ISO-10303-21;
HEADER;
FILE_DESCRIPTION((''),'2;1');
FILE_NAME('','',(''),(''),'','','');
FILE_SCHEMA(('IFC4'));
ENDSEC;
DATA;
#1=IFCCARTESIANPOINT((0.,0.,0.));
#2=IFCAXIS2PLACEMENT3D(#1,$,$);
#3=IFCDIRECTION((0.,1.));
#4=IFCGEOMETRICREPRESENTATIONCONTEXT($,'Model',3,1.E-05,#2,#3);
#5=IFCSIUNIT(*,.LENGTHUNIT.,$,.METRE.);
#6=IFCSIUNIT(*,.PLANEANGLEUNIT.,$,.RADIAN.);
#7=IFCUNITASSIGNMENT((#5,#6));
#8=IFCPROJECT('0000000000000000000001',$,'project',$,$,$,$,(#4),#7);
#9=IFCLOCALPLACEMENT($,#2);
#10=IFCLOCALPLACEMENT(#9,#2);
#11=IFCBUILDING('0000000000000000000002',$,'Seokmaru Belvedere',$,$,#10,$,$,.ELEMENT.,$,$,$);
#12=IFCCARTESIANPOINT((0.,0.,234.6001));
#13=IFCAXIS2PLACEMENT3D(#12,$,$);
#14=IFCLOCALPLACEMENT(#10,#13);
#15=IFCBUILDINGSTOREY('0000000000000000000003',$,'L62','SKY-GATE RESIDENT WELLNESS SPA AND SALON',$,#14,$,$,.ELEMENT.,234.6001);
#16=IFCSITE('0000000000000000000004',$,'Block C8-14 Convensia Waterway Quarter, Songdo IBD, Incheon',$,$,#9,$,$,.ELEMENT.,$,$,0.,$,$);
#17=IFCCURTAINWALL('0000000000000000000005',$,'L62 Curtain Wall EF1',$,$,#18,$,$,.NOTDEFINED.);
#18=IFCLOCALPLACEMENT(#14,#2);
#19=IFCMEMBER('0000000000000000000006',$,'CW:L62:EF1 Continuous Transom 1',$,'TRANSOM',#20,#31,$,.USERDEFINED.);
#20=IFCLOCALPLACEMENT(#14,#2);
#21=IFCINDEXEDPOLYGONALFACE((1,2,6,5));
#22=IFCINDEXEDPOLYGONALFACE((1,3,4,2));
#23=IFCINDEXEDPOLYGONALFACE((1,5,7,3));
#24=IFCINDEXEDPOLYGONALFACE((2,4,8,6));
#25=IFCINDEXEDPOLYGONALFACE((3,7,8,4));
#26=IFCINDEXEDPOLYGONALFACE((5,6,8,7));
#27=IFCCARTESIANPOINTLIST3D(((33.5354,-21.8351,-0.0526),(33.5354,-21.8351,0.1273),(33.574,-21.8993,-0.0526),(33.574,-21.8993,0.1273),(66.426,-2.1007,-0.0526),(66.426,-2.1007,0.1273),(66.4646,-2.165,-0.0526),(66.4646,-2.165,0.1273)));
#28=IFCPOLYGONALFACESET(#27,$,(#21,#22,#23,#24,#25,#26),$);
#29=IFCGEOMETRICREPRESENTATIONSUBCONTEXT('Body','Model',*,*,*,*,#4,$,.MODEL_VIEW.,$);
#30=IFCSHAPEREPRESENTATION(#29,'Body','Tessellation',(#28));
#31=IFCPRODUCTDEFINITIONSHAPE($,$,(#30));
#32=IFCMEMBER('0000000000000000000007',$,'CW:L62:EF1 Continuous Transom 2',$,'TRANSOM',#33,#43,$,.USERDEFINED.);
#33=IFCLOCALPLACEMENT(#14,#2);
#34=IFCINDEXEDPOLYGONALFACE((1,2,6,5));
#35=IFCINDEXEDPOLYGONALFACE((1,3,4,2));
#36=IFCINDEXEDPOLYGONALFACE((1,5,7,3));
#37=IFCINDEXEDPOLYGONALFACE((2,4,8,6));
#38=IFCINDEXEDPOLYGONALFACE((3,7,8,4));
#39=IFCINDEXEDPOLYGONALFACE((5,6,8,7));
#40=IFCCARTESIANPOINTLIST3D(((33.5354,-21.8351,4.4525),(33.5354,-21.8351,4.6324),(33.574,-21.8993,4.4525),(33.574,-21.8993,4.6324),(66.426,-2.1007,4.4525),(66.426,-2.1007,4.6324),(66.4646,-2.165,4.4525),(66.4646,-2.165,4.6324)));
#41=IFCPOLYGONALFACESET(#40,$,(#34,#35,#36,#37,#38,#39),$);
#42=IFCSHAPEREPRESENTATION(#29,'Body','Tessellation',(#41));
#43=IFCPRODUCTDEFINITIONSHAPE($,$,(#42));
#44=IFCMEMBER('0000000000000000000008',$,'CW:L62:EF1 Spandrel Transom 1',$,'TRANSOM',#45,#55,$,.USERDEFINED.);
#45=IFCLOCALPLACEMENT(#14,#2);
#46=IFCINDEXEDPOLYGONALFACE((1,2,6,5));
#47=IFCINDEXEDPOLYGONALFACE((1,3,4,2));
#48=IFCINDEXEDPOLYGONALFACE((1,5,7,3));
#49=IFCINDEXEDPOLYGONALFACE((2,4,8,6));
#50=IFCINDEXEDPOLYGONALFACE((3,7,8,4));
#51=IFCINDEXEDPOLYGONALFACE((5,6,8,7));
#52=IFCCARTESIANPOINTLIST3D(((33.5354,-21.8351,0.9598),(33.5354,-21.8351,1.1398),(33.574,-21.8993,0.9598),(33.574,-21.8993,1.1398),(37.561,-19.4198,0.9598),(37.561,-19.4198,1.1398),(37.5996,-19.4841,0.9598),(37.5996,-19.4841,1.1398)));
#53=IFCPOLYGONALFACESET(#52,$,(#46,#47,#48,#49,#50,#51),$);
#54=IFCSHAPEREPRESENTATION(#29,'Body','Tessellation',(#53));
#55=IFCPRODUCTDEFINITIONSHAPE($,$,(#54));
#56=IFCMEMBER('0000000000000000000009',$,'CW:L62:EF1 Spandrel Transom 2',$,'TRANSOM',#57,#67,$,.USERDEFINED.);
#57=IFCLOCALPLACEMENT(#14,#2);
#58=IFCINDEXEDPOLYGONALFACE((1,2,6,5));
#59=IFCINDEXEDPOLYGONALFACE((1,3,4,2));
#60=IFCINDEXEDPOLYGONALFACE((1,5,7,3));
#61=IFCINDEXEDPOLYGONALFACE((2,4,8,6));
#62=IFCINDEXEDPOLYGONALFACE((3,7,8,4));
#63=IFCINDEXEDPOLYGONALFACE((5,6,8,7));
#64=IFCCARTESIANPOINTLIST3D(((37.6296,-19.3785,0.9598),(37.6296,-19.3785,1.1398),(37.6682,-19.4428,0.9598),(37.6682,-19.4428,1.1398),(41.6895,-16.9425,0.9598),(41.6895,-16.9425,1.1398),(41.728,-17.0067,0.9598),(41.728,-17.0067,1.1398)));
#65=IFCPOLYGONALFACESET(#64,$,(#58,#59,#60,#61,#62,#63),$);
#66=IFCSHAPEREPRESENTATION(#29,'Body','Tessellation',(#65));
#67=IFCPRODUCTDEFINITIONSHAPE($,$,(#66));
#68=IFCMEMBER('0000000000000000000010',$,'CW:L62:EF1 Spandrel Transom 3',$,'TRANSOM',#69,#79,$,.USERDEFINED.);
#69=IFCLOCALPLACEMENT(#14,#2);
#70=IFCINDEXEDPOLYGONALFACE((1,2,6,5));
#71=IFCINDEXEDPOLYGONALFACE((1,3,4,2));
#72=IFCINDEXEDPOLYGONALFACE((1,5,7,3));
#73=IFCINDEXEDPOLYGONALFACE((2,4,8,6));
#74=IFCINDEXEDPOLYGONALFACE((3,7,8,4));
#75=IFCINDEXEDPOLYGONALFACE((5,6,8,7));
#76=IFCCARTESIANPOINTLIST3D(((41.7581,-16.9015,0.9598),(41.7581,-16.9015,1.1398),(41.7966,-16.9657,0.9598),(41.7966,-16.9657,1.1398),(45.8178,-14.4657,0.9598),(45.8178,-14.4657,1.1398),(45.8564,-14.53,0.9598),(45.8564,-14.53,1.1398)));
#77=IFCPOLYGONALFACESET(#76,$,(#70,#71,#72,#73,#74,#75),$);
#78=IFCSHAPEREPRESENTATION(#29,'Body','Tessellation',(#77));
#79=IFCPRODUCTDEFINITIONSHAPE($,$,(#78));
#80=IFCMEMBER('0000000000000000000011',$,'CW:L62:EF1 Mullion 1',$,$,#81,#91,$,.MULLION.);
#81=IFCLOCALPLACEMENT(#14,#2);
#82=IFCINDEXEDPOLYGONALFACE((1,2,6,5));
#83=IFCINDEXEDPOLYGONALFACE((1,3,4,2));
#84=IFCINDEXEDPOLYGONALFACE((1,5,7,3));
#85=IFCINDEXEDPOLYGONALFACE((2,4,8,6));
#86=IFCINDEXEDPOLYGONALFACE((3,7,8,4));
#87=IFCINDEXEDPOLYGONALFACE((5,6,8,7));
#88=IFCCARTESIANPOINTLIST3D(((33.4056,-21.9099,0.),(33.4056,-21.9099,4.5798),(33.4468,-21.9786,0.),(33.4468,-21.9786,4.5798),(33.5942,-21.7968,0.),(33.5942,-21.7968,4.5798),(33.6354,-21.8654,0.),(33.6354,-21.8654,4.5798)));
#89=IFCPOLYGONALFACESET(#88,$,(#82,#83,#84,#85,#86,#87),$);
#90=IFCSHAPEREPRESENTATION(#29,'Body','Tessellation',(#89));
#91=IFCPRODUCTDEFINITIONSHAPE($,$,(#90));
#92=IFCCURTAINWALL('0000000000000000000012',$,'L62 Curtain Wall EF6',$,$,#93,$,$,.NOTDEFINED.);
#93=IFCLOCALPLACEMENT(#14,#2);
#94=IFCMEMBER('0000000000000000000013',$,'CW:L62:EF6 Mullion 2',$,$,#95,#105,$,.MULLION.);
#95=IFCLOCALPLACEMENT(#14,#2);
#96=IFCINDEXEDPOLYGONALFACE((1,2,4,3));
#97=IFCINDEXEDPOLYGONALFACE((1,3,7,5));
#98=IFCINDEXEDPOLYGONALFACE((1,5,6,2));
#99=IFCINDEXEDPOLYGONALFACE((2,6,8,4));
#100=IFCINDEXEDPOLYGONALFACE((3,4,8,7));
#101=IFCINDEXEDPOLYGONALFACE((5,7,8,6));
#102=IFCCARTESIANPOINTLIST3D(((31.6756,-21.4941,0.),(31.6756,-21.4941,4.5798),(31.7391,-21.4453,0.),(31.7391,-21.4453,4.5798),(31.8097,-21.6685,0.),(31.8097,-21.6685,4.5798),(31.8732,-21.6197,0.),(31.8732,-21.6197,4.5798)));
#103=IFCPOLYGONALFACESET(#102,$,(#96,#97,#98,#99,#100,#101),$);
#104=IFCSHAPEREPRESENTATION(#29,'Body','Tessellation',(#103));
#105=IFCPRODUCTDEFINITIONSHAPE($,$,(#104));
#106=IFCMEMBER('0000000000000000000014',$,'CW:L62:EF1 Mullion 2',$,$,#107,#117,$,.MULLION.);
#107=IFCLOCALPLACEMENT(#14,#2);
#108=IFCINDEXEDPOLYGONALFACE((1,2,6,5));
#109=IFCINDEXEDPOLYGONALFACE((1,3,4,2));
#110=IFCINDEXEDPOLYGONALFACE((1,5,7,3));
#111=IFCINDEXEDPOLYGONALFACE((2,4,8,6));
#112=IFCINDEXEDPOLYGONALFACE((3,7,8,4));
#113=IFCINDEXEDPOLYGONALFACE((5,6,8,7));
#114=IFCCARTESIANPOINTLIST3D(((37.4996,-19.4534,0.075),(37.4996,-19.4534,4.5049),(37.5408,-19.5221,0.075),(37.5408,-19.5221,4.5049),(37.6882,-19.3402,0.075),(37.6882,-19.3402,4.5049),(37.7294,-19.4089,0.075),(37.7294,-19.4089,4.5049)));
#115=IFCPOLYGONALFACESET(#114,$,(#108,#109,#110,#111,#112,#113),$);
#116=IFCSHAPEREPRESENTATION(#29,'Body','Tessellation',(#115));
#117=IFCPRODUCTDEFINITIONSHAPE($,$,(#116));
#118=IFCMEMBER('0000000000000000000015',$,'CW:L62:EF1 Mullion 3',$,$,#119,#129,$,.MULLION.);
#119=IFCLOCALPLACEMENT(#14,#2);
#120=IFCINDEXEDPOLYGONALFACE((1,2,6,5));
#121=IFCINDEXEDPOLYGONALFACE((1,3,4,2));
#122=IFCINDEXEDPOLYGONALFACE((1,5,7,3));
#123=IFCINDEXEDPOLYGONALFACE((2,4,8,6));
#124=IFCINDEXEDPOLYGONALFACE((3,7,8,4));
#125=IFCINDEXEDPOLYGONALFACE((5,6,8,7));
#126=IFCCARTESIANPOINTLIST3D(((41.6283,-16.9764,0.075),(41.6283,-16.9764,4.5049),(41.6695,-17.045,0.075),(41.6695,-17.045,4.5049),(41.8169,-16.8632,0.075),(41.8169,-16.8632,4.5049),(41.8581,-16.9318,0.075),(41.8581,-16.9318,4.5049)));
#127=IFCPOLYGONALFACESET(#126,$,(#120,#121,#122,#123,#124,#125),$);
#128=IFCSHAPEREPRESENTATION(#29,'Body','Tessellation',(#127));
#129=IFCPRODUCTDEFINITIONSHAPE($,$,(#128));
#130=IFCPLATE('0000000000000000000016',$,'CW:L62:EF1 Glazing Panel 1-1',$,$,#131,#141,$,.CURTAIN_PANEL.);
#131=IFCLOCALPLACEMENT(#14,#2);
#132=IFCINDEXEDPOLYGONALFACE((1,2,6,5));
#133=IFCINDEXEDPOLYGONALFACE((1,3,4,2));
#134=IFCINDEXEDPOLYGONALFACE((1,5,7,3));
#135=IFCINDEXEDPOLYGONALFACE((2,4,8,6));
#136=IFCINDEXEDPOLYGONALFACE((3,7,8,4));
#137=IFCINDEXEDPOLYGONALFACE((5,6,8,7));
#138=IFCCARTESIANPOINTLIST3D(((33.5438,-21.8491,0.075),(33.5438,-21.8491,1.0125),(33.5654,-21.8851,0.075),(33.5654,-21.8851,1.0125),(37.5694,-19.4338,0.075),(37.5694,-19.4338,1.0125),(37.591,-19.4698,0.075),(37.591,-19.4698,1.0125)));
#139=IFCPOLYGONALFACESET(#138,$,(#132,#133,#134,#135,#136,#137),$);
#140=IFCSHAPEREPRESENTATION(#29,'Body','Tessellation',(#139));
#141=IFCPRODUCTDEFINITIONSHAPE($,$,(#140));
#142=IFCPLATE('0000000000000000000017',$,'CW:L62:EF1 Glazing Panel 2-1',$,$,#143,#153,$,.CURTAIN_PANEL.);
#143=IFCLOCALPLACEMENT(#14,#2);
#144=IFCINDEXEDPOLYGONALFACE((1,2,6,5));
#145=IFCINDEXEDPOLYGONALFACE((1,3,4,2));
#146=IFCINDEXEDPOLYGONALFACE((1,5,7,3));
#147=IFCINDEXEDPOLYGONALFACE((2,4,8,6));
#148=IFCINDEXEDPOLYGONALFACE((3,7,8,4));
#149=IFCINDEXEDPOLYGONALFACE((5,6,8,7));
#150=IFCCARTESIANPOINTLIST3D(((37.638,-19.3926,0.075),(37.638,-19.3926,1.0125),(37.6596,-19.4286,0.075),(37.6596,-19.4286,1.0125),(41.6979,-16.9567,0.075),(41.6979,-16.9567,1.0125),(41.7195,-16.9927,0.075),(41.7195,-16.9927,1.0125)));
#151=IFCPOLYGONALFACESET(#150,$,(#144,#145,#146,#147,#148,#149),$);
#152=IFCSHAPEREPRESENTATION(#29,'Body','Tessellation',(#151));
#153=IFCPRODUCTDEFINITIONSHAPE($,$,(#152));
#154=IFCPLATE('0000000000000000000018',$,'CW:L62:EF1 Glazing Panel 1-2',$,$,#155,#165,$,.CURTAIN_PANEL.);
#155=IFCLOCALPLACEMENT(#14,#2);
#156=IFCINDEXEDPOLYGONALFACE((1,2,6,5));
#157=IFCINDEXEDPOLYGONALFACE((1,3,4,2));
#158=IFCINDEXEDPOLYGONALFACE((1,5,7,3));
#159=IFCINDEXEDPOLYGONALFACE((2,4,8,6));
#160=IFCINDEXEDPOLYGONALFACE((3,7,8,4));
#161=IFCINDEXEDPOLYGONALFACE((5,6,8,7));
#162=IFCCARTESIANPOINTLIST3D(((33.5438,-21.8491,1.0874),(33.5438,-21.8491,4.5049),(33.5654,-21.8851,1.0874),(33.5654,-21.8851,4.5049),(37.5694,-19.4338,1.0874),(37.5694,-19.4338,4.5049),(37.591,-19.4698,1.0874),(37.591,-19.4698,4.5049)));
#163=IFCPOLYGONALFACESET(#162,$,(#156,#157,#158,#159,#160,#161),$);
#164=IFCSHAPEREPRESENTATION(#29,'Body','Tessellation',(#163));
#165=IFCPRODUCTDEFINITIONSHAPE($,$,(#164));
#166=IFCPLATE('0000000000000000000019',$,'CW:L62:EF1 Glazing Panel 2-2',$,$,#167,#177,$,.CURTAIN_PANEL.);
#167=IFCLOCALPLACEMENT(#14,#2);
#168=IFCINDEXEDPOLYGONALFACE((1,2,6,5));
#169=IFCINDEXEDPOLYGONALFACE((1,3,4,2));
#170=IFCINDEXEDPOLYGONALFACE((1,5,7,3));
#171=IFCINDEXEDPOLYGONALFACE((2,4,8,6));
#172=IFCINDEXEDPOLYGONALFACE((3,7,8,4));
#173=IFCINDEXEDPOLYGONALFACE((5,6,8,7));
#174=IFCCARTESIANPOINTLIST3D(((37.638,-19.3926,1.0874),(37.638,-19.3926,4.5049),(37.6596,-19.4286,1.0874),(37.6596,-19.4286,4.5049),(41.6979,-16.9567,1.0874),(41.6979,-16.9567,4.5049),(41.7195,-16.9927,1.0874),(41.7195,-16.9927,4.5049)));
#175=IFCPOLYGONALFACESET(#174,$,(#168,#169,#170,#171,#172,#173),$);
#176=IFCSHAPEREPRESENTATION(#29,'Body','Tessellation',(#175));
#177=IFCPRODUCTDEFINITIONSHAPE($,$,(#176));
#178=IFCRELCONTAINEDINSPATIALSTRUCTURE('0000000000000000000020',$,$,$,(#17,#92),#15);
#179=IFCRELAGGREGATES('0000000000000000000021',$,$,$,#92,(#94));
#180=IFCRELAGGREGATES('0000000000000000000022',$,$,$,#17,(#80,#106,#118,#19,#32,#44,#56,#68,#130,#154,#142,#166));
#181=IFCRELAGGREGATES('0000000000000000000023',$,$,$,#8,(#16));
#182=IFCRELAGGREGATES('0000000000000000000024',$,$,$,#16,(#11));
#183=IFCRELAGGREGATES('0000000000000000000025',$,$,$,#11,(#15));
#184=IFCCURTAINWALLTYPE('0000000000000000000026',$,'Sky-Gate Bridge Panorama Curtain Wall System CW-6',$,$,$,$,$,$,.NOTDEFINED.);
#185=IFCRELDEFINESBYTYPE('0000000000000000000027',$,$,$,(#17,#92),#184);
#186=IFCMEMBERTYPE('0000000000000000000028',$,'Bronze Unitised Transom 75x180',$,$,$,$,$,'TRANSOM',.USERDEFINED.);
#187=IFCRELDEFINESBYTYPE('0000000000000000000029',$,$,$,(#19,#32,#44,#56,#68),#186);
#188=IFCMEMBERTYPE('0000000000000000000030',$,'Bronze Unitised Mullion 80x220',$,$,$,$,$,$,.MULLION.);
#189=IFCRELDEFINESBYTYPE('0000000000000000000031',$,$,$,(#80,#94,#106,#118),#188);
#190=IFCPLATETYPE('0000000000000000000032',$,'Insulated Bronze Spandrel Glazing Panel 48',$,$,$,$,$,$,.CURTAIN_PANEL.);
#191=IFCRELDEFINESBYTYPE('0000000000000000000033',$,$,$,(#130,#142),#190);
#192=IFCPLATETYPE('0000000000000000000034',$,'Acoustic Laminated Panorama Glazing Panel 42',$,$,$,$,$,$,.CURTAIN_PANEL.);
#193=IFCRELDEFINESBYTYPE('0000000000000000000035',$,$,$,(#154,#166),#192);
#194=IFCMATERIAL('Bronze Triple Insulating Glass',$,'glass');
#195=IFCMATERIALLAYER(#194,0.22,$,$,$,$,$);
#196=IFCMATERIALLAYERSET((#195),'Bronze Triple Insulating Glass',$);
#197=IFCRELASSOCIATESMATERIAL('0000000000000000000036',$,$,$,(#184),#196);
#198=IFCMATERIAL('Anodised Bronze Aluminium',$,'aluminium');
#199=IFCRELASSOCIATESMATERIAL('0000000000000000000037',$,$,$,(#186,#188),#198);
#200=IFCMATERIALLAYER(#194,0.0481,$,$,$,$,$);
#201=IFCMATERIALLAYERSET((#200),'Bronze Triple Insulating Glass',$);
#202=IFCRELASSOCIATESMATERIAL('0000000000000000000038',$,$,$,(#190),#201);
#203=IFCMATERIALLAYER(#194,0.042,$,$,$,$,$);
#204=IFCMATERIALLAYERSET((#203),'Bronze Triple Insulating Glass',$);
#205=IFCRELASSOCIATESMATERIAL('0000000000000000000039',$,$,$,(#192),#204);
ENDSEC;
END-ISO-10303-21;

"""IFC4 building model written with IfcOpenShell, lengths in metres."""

from ifc_helpers import new_model, si_unit, direction, frame, origin, origin_2d, place, context, subcontext, project, spatial, rectangle, extrude, source, transform, mapped, material, layer, layer_set, material_profile, profile_set, type_object, type_shapes, element, aggregate, save


model = new_model("IFC4")

# Units and contexts
model_context = context("Model", 3, precision=1e-05, world=origin(), true_north=direction((0.0, 1.0)))
body_context = subcontext(model_context, "Body", "Model", "MODEL_VIEW")
ifc_project = project(units=[si_unit("LENGTHUNIT", "METRE"), si_unit("PLANEANGLEUNIT", "RADIAN")], contexts=[model_context])

# Site, building, storey
site_placement = place(None, origin())
site = spatial("IfcSite", under=ifc_project, at=site_placement, Name="Block C8-14 Convensia Waterway Quarter, Songdo IBD, Incheon", CompositionType="ELEMENT", RefElevation=0.0)
building_placement = place(site_placement, origin())
building = spatial("IfcBuilding", under=site, at=building_placement, Name="Seokmaru Belvedere", CompositionType="ELEMENT")
storey_placement = place(building_placement, frame((0.0, 0.0, 234.6001)))
storey = spatial("IfcBuildingStorey", under=building, at=storey_placement, Name="L62", Description="SKY-GATE RESIDENT WELLNESS SPA AND SALON", CompositionType="ELEMENT", Elevation=234.6001)

# Curtain wall, members
ifc_material_1 = material(Name="Bronze Triple Insulating Glass", Category="glass")
ifc_layer_1 = layer(ifc_material_1, 0.22)
ifc_layer_set_1 = layer_set([ifc_layer_1], Name="Bronze Triple Insulating Glass")
curtain_wall_type = type_object("IfcCurtainWallType", Name="Sky-Gate Bridge Panorama Curtain Wall System CW-6", PredefinedType="NOTDEFINED", material=ifc_layer_set_1)
curtain_wall_1_placement = place(storey_placement, origin())
curtain_wall_1 = element("IfcCurtainWall", 1, at=curtain_wall_1_placement, inside=storey, type_object=curtain_wall_type, Name="L62 Curtain Wall EF1", PredefinedType="NOTDEFINED")
ifc_material_2 = material(Name="Anodised Bronze Aluminium", Category="aluminium")
ifc_material_profile_1 = material_profile(ifc_material_2, rectangle(XDim=0.075, YDim=0.1799, at=origin_2d()), Name="CW-T-75x180")
ifc_profile_set_1 = profile_set([ifc_material_profile_1], Name="Anodised Bronze Aluminium")
member_type_1 = type_object("IfcMemberType", Name="Bronze Unitised Transom 75x180", ElementType="TRANSOM", PredefinedType="USERDEFINED", material=ifc_profile_set_1)
shared_shape_1 = source(origin(), body_context, "Body", "SweptSolid", [
    extrude(rectangle(XDim=0.075, YDim=0.1799, at=origin_2d()), origin(), (0.0, 0.0, 1.0), 38.3567),
])
member_1_placement = place(storey_placement, frame((33.5547, -21.8672, 0.0374), z_axis=(0.857493, 0.514496, 0.0), x_axis=(-0.514496, 0.857493, 0.0)))
member_1 = element("IfcMember", 2, at=member_1_placement, type_object=member_type_1, Name="CW:L62:EF1 Continuous Transom 1", ObjectType="TRANSOM", PredefinedType="USERDEFINED", context=body_context, shape_type="MappedRepresentation", body=[
    mapped(shared_shape_1, transform((0.0, 0.0, 0.0), scale=1.0)),
])
member_2_placement = place(storey_placement, frame((33.5547, -21.8672, 4.5425), z_axis=(0.857493, 0.514496, 0.0), x_axis=(-0.514496, 0.857493, 0.0)))
member_2 = element("IfcMember", 3, at=member_2_placement, type_object=member_type_1, Name="CW:L62:EF1 Continuous Transom 2", ObjectType="TRANSOM", PredefinedType="USERDEFINED", context=body_context, shape_type="MappedRepresentation", body=[
    mapped(shared_shape_1, transform((0.0, 0.0, 0.0), scale=1.0)),
])
shared_shape_2 = source(origin(), body_context, "Body", "SweptSolid", [
    extrude(rectangle(XDim=0.075, YDim=0.1799, at=origin_2d()), origin(), (0.0, 0.0, 1.0), 4.6946),
])
member_3_placement = place(storey_placement, frame((33.5547, -21.8672, 1.0498), z_axis=(0.857502, 0.51448, 0.0), x_axis=(-0.51448, 0.857502, 0.0)))
member_3 = element("IfcMember", 4, at=member_3_placement, type_object=member_type_1, Name="CW:L62:EF1 Spandrel Transom 1", ObjectType="TRANSOM", PredefinedType="USERDEFINED", context=body_context, shape_type="MappedRepresentation", body=[
    mapped(shared_shape_2, transform((0.0, 0.0, 0.0), scale=1.0)),
])
shared_shape_3 = source(origin(), body_context, "Body", "SweptSolid", [
    extrude(rectangle(XDim=0.075, YDim=0.1799, at=origin_2d()), origin(), (0.0, 0.0, 1.0), 4.7346),
])
member_4_placement = place(storey_placement, frame((37.6489, -19.4106, 1.0498), z_axis=(0.857479, 0.514519, 0.0), x_axis=(-0.514519, 0.857479, 0.0)))
member_4 = element("IfcMember", 5, at=member_4_placement, type_object=member_type_1, Name="CW:L62:EF1 Spandrel Transom 2", ObjectType="TRANSOM", PredefinedType="USERDEFINED", context=body_context, shape_type="MappedRepresentation", body=[
    mapped(shared_shape_3, transform((0.0, 0.0, 0.0), scale=1.0)),
])
shared_shape_4 = source(origin(), body_context, "Body", "SweptSolid", [
    extrude(rectangle(XDim=0.075, YDim=0.1799, at=origin_2d()), origin(), (0.0, 0.0, 1.0), 4.7344),
])
type_shapes(member_type_1, [shared_shape_1, shared_shape_2, shared_shape_3, shared_shape_4])
member_5_placement = place(storey_placement, frame((41.7773, -16.9336, 1.0498), z_axis=(0.857502, 0.514481, 0.0), x_axis=(-0.514481, 0.857502, 0.0)))
member_5 = element("IfcMember", 6, at=member_5_placement, type_object=member_type_1, Name="CW:L62:EF1 Spandrel Transom 3", ObjectType="TRANSOM", PredefinedType="USERDEFINED", context=body_context, shape_type="MappedRepresentation", body=[
    mapped(shared_shape_4, transform((0.0, 0.0, 0.0), scale=1.0)),
])
ifc_material_profile_2 = material_profile(ifc_material_2, rectangle(XDim=0.0801, YDim=0.22, at=origin_2d()), Name="CW-M-80x220")
ifc_profile_set_2 = profile_set([ifc_material_profile_2], Name="Anodised Bronze Aluminium")
member_type_2 = type_object("IfcMemberType", Name="Bronze Unitised Mullion 80x220", PredefinedType="MULLION", material=ifc_profile_set_2)
shared_shape_5 = source(origin(), body_context, "Body", "SweptSolid", [
    extrude(rectangle(XDim=0.0801, YDim=0.22, at=origin_2d()), origin(), (0.0, 0.0, 1.0), 4.5798),
])
member_6_placement = place(storey_placement, frame((33.5205, -21.8877, 0.0), z_axis=(0.0, 0.0, 1.0), x_axis=(-0.514495, 0.857493, 0.0)))
member_6 = element("IfcMember", 7, at=member_6_placement, type_object=member_type_2, Name="CW:L62:EF1 Mullion 1", PredefinedType="MULLION", context=body_context, shape_type="MappedRepresentation", body=[
    mapped(shared_shape_5, transform((0.0, 0.0, 0.0), scale=1.0)),
])

# Curtain wall, member
curtain_wall_2_placement = place(storey_placement, origin())
curtain_wall_2 = element("IfcCurtainWall", 8, at=curtain_wall_2_placement, inside=storey, type_object=curtain_wall_type, Name="L62 Curtain Wall EF6", PredefinedType="NOTDEFINED")
member_7_placement = place(storey_placement, frame((31.7744, -21.5569, 0.0), z_axis=(0.0, 0.0, 1.0), x_axis=(0.792631, 0.609701, 0.0)))
member_7 = element("IfcMember", 9, at=member_7_placement, type_object=member_type_2, Name="CW:L62:EF6 Mullion 2", PredefinedType="MULLION", context=body_context, shape_type="MappedRepresentation", body=[
    mapped(shared_shape_5, transform((0.0, 0.0, 0.0), scale=1.0)),
])
aggregate(curtain_wall_2, [member_7])

# Members
shared_shape_6 = source(origin(), body_context, "Body", "SweptSolid", [
    extrude(rectangle(XDim=0.0801, YDim=0.22, at=origin_2d()), origin(), (0.0, 0.0, 1.0), 4.4299),
])
type_shapes(member_type_2, [shared_shape_5, shared_shape_6])
member_8_placement = place(storey_placement, frame((37.6145, -19.4312, 0.075), z_axis=(0.0, 0.0, 1.0), x_axis=(-0.514495, 0.857493, 0.0)))
member_8 = element("IfcMember", 10, at=member_8_placement, type_object=member_type_2, Name="CW:L62:EF1 Mullion 2", PredefinedType="MULLION", context=body_context, shape_type="MappedRepresentation", body=[
    mapped(shared_shape_6, transform((0.0, 0.0, 0.0), scale=1.0)),
])
member_9_placement = place(storey_placement, frame((41.7432, -16.9541, 0.075), z_axis=(0.0, 0.0, 1.0), x_axis=(-0.514495, 0.857493, 0.0)))
member_9 = element("IfcMember", 11, at=member_9_placement, type_object=member_type_2, Name="CW:L62:EF1 Mullion 3", PredefinedType="MULLION", context=body_context, shape_type="MappedRepresentation", body=[
    mapped(shared_shape_6, transform((0.0, 0.0, 0.0), scale=1.0)),
])

# Plates
ifc_layer_2 = layer(ifc_material_1, 0.0481)
ifc_layer_set_2 = layer_set([ifc_layer_2], Name="Bronze Triple Insulating Glass")
plate_type_1 = type_object("IfcPlateType", Name="Insulated Bronze Spandrel Glazing Panel 48", PredefinedType="CURTAIN_PANEL", material=ifc_layer_set_2)
shared_shape_7 = source(origin(), body_context, "Body", "SweptSolid", [
    extrude(rectangle(XDim=4.6946, YDim=0.042, at=origin_2d()), origin(), (0.0, 0.0, 1.0), 0.9375),
])
plate_1_placement = place(storey_placement, frame((35.5674, -20.6594, 0.075), z_axis=(0.0, 0.0, 1.0), x_axis=(0.857493, 0.514495, 0.0)))
plate_1 = element("IfcPlate", 12, at=plate_1_placement, type_object=plate_type_1, Name="CW:L62:EF1 Glazing Panel 1-1", PredefinedType="CURTAIN_PANEL", context=body_context, shape_type="MappedRepresentation", body=[
    mapped(shared_shape_7, transform((0.0, 0.0, 0.0), scale=1.0)),
])
shared_shape_8 = source(origin(), body_context, "Body", "SweptSolid", [
    extrude(rectangle(XDim=4.7346, YDim=0.042, at=origin_2d()), origin(), (0.0, 0.0, 1.0), 0.9375),
])
type_shapes(plate_type_1, [shared_shape_7, shared_shape_8])
plate_2_placement = place(storey_placement, frame((39.6787, -18.1926, 0.075), z_axis=(0.0, 0.0, 1.0), x_axis=(0.857493, 0.514495, 0.0)))
plate_2 = element("IfcPlate", 13, at=plate_2_placement, type_object=plate_type_1, Name="CW:L62:EF1 Glazing Panel 2-1", PredefinedType="CURTAIN_PANEL", context=body_context, shape_type="MappedRepresentation", body=[
    mapped(shared_shape_8, transform((0.0, 0.0, 0.0), scale=1.0)),
])
ifc_layer_3 = layer(ifc_material_1, 0.042)
ifc_layer_set_3 = layer_set([ifc_layer_3], Name="Bronze Triple Insulating Glass")
plate_type_2 = type_object("IfcPlateType", Name="Acoustic Laminated Panorama Glazing Panel 42", PredefinedType="CURTAIN_PANEL", material=ifc_layer_set_3)
shared_shape_9 = source(origin(), body_context, "Body", "SweptSolid", [
    extrude(rectangle(XDim=4.6946, YDim=0.042, at=origin_2d()), origin(), (0.0, 0.0, 1.0), 3.4175),
])
plate_3_placement = place(storey_placement, frame((35.5674, -20.6594, 1.0874), z_axis=(0.0, 0.0, 1.0), x_axis=(0.857493, 0.514495, 0.0)))
plate_3 = element("IfcPlate", 14, at=plate_3_placement, type_object=plate_type_2, Name="CW:L62:EF1 Glazing Panel 1-2", PredefinedType="CURTAIN_PANEL", context=body_context, shape_type="MappedRepresentation", body=[
    mapped(shared_shape_9, transform((0.0, 0.0, 0.0), scale=1.0)),
])
shared_shape_10 = source(origin(), body_context, "Body", "SweptSolid", [
    extrude(rectangle(XDim=4.7346, YDim=0.042, at=origin_2d()), origin(), (0.0, 0.0, 1.0), 3.4175),
])
type_shapes(plate_type_2, [shared_shape_9, shared_shape_10])
plate_4_placement = place(storey_placement, frame((39.6787, -18.1926, 1.0874), z_axis=(0.0, 0.0, 1.0), x_axis=(0.857493, 0.514495, 0.0)))
plate_4 = element("IfcPlate", 15, at=plate_4_placement, type_object=plate_type_2, Name="CW:L62:EF1 Glazing Panel 2-2", PredefinedType="CURTAIN_PANEL", context=body_context, shape_type="MappedRepresentation", body=[
    mapped(shared_shape_10, transform((0.0, 0.0, 0.0), scale=1.0)),
])
aggregate(curtain_wall_1, [member_6, member_8, member_9, member_1, member_2, member_3, member_4, member_5, plate_1, plate_3, plate_2, plate_4])

save(model, "model.ifc")
